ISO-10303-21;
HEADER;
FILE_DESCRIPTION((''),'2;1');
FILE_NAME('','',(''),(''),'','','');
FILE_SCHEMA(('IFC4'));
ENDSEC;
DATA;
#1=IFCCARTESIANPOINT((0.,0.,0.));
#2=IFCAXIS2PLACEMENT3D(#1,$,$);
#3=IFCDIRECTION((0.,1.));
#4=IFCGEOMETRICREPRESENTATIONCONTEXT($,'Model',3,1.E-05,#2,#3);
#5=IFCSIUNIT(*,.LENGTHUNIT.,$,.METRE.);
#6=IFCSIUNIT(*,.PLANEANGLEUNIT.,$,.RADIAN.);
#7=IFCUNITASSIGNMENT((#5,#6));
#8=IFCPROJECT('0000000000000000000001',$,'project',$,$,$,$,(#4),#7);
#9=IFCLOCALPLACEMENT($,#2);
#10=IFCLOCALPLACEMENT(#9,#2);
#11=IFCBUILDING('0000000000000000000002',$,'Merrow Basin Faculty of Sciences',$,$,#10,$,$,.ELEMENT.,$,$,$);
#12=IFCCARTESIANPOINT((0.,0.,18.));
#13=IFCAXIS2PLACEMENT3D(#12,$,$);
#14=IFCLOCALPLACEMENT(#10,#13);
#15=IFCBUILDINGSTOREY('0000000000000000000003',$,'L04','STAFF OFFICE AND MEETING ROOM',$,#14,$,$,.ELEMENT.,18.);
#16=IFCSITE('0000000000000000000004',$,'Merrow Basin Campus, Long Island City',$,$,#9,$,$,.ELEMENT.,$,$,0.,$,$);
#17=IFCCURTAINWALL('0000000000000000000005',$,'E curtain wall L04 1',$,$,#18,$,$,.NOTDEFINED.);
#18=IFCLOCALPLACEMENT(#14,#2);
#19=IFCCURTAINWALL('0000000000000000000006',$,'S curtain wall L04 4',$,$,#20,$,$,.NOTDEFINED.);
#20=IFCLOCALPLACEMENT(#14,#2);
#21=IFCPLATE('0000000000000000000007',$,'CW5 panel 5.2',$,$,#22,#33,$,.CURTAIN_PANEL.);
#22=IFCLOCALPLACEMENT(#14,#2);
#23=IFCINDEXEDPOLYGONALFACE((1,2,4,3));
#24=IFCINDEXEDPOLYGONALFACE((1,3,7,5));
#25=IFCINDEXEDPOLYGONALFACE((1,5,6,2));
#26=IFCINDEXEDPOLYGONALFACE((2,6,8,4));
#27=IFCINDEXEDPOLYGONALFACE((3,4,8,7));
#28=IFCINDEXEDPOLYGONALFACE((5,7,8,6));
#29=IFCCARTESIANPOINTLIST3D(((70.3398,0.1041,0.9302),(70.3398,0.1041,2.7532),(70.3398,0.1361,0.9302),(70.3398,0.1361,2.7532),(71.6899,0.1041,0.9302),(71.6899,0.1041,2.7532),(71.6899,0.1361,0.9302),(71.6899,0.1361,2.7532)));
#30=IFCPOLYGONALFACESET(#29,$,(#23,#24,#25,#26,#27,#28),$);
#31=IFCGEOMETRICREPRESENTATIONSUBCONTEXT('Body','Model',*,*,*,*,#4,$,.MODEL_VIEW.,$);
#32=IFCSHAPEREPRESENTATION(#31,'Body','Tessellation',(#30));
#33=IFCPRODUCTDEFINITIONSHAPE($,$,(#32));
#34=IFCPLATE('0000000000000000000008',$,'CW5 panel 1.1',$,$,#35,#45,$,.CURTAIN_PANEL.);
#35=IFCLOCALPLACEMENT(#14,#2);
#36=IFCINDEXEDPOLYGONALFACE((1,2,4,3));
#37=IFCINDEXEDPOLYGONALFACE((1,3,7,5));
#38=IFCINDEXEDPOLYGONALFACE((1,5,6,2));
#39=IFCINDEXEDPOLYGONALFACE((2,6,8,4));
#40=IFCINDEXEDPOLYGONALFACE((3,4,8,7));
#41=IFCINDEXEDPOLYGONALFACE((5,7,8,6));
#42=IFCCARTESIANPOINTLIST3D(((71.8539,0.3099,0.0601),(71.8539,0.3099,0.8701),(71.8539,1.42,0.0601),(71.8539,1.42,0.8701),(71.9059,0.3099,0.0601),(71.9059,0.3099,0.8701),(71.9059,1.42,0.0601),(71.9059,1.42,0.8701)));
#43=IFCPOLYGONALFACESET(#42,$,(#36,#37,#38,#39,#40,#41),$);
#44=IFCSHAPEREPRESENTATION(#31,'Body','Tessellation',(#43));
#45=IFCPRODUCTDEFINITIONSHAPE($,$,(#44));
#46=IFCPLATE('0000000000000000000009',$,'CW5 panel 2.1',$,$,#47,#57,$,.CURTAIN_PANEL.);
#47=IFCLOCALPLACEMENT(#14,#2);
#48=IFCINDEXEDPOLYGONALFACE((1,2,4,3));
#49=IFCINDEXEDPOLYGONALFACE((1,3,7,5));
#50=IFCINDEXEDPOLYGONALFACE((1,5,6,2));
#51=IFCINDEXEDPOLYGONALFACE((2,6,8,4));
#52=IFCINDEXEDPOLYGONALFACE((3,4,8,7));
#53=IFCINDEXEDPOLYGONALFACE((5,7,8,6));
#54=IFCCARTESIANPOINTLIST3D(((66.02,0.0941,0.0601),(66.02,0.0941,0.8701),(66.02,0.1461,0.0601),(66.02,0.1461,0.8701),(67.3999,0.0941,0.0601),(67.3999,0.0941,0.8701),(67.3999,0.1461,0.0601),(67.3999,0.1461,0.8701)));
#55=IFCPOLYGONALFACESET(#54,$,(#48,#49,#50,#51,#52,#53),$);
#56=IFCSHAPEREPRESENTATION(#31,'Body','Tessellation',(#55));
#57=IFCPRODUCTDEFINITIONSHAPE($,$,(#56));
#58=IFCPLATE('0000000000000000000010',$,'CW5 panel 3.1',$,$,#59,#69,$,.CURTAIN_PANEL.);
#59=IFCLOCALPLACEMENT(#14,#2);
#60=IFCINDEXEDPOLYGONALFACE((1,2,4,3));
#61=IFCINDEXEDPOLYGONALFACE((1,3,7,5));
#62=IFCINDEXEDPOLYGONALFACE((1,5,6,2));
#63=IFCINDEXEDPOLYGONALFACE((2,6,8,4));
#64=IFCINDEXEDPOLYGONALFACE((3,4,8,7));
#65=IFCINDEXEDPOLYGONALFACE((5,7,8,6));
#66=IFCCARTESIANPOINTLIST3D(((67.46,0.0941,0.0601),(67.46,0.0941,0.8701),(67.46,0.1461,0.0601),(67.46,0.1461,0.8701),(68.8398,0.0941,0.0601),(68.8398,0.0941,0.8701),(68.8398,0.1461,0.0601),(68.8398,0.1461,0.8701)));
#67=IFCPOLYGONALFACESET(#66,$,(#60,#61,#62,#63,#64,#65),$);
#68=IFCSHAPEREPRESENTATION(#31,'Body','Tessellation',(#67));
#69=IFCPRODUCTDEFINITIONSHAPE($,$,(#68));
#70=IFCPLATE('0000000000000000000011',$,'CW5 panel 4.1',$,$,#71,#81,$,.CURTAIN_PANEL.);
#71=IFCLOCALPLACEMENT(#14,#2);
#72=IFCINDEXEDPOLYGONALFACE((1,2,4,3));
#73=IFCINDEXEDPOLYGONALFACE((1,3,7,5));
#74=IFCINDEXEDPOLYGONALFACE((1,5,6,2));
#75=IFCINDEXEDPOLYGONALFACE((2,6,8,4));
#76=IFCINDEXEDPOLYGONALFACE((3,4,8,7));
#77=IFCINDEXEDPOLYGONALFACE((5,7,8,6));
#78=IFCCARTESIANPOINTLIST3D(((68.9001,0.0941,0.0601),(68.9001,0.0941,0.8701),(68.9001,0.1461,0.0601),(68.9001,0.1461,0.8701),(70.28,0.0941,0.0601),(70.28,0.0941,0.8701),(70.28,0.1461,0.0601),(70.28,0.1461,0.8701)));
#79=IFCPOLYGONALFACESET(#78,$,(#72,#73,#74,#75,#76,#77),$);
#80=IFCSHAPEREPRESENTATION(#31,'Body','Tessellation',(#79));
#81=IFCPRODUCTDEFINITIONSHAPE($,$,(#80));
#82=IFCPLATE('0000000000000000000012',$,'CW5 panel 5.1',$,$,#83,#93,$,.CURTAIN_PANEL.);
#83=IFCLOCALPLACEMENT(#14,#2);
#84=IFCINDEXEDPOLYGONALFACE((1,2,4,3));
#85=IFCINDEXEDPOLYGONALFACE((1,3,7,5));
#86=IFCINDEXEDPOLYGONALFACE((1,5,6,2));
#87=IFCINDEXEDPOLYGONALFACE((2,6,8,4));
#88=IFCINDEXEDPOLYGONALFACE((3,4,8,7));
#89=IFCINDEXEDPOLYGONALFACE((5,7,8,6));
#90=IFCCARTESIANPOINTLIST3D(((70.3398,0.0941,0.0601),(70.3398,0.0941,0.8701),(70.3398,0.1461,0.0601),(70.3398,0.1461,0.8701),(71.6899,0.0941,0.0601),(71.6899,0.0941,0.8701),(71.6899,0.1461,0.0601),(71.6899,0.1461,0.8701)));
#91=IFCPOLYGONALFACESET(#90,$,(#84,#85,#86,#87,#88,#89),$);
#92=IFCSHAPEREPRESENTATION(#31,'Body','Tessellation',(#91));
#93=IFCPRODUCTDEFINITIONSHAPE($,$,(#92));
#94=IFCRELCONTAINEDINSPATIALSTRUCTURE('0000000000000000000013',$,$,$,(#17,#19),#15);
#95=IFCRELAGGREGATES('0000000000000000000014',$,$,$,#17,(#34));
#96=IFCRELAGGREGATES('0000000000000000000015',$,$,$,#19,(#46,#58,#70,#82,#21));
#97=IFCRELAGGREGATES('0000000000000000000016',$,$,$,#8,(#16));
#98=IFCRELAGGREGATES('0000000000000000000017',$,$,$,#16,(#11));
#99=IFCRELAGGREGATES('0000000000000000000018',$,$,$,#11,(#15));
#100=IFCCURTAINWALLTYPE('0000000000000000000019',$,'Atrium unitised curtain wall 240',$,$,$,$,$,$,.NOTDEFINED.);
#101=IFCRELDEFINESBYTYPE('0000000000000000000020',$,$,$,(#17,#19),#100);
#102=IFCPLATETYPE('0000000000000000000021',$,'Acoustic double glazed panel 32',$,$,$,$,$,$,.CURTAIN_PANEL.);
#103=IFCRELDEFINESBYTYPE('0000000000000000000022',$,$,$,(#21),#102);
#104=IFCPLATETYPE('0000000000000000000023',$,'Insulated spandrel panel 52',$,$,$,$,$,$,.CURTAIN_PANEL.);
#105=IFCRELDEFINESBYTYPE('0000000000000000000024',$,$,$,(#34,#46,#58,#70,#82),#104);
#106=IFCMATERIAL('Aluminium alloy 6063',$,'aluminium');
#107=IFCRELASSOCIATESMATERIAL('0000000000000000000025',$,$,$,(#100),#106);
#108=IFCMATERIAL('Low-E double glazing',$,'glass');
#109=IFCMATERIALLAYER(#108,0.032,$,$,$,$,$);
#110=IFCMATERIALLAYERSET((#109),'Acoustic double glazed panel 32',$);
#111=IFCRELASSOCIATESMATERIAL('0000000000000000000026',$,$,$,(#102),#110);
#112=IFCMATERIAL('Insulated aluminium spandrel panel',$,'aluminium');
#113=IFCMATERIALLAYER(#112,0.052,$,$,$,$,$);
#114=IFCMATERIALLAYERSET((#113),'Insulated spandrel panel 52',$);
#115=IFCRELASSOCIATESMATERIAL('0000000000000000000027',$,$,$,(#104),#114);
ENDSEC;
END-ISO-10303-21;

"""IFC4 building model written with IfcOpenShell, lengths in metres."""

from ifc_helpers import new_model, si_unit, direction, frame, origin, origin_2d, place, context, subcontext, project, spatial, rectangle, extrude, material, layer, layer_set, type_object, element, aggregate, save


model = new_model("IFC4")

# Units and contexts
model_context = context("Model", 3, precision=1e-05, world=origin(), true_north=direction((0.0, 1.0)))
body_context = subcontext(model_context, "Body", "Model", "MODEL_VIEW")
ifc_project = project(units=[si_unit("LENGTHUNIT", "METRE"), si_unit("PLANEANGLEUNIT", "RADIAN")], contexts=[model_context])

# Site, building, storey
site_placement = place(None, origin())
site = spatial("IfcSite", under=ifc_project, at=site_placement, Name="Merrow Basin Campus, Long Island City", CompositionType="ELEMENT", RefElevation=0.0)
building_placement = place(site_placement, origin())
building = spatial("IfcBuilding", under=site, at=building_placement, Name="Merrow Basin Faculty of Sciences", CompositionType="ELEMENT")
storey_placement = place(building_placement, frame((0.0, 0.0, 18.0)))
storey = spatial("IfcBuildingStorey", under=building, at=storey_placement, Name="L04", Description="STAFF OFFICE AND MEETING ROOM", CompositionType="ELEMENT", Elevation=18.0)

# Curtain wall
ifc_material_1 = material(Name="Aluminium alloy 6063", Category="aluminium")
curtain_wall_type = type_object("IfcCurtainWallType", Name="Atrium unitised curtain wall 240", PredefinedType="NOTDEFINED", material=ifc_material_1)
curtain_wall_1_placement = place(storey_placement, origin())
curtain_wall_1 = element("IfcCurtainWall", 1, at=curtain_wall_1_placement, inside=storey, type_object=curtain_wall_type, Name="E curtain wall L04 1", PredefinedType="NOTDEFINED")

# Curtain wall
curtain_wall_2_placement = place(storey_placement, origin())
curtain_wall_2 = element("IfcCurtainWall", 2, at=curtain_wall_2_placement, inside=storey, type_object=curtain_wall_type, Name="S curtain wall L04 4", PredefinedType="NOTDEFINED")

# Plates
ifc_material_2 = material(Name="Low-E double glazing", Category="glass")
ifc_layer_1 = layer(ifc_material_2, 0.032)
ifc_layer_set_1 = layer_set([ifc_layer_1], Name="Acoustic double glazed panel 32")
plate_type_1 = type_object("IfcPlateType", Name="Acoustic double glazed panel 32", PredefinedType="CURTAIN_PANEL", material=ifc_layer_set_1)
plate_1_placement = place(storey_placement, frame((71.0149, 0.1201, 0.9302), z_axis=(0.0, 0.0, 1.0), x_axis=(1.0, 0.0, 0.0)))
plate_1 = element("IfcPlate", 3, at=plate_1_placement, type_object=plate_type_1, Name="CW5 panel 5.2", PredefinedType="CURTAIN_PANEL", context=body_context, shape_type="SweptSolid", body=[
    extrude(rectangle(XDim=1.3501, YDim=0.032, at=origin_2d()), origin(), (0.0, 0.0, 1.0), 1.823),
])
ifc_material_3 = material(Name="Insulated aluminium spandrel panel", Category="aluminium")
ifc_layer_2 = layer(ifc_material_3, 0.052)
ifc_layer_set_2 = layer_set([ifc_layer_2], Name="Insulated spandrel panel 52")
plate_type_2 = type_object("IfcPlateType", Name="Insulated spandrel panel 52", PredefinedType="CURTAIN_PANEL", material=ifc_layer_set_2)
plate_2_placement = place(storey_placement, frame((71.8799, 0.865, 0.0601), z_axis=(0.0, 0.0, 1.0), x_axis=(0.0, 1.0, 0.0)))
plate_2 = element("IfcPlate", 4, at=plate_2_placement, type_object=plate_type_2, Name="CW5 panel 1.1", PredefinedType="CURTAIN_PANEL", context=body_context, shape_type="SweptSolid", body=[
    extrude(rectangle(XDim=1.1101, YDim=0.052, at=origin_2d()), origin(), (0.0, 0.0, 1.0), 0.8101),
])
aggregate(curtain_wall_1, [plate_2])
plate_3_placement = place(storey_placement, frame((66.71, 0.1201, 0.0601), z_axis=(0.0, 0.0, 1.0), x_axis=(1.0, 0.0, 0.0)))
plate_3 = element("IfcPlate", 5, at=plate_3_placement, type_object=plate_type_2, Name="CW5 panel 2.1", PredefinedType="CURTAIN_PANEL", context=body_context, shape_type="SweptSolid", body=[
    extrude(rectangle(XDim=1.3799, YDim=0.052, at=origin_2d()), origin(), (0.0, 0.0, 1.0), 0.8101),
])
plate_4_placement = place(storey_placement, frame((68.1499, 0.1201, 0.0601), z_axis=(0.0, 0.0, 1.0), x_axis=(1.0, 0.0, 0.0)))
plate_4 = element("IfcPlate", 6, at=plate_4_placement, type_object=plate_type_2, Name="CW5 panel 3.1", PredefinedType="CURTAIN_PANEL", context=body_context, shape_type="SweptSolid", body=[
    extrude(rectangle(XDim=1.3799, YDim=0.052, at=origin_2d()), origin(), (0.0, 0.0, 1.0), 0.8101),
])
plate_5_placement = place(storey_placement, frame((69.5901, 0.1201, 0.0601), z_axis=(0.0, 0.0, 1.0), x_axis=(1.0, 0.0, 0.0)))
plate_5 = element("IfcPlate", 7, at=plate_5_placement, type_object=plate_type_2, Name="CW5 panel 4.1", PredefinedType="CURTAIN_PANEL", context=body_context, shape_type="SweptSolid", body=[
    extrude(rectangle(XDim=1.3799, YDim=0.052, at=origin_2d()), origin(), (0.0, 0.0, 1.0), 0.8101),
])
plate_6_placement = place(storey_placement, frame((71.0149, 0.1201, 0.0601), z_axis=(0.0, 0.0, 1.0), x_axis=(1.0, 0.0, 0.0)))
plate_6 = element("IfcPlate", 8, at=plate_6_placement, type_object=plate_type_2, Name="CW5 panel 5.1", PredefinedType="CURTAIN_PANEL", context=body_context, shape_type="SweptSolid", body=[
    extrude(rectangle(XDim=1.3501, YDim=0.052, at=origin_2d()), origin(), (0.0, 0.0, 1.0), 0.8101),
])
aggregate(curtain_wall_2, [plate_3, plate_4, plate_5, plate_6, plate_1])

save(model, "model.ifc")
